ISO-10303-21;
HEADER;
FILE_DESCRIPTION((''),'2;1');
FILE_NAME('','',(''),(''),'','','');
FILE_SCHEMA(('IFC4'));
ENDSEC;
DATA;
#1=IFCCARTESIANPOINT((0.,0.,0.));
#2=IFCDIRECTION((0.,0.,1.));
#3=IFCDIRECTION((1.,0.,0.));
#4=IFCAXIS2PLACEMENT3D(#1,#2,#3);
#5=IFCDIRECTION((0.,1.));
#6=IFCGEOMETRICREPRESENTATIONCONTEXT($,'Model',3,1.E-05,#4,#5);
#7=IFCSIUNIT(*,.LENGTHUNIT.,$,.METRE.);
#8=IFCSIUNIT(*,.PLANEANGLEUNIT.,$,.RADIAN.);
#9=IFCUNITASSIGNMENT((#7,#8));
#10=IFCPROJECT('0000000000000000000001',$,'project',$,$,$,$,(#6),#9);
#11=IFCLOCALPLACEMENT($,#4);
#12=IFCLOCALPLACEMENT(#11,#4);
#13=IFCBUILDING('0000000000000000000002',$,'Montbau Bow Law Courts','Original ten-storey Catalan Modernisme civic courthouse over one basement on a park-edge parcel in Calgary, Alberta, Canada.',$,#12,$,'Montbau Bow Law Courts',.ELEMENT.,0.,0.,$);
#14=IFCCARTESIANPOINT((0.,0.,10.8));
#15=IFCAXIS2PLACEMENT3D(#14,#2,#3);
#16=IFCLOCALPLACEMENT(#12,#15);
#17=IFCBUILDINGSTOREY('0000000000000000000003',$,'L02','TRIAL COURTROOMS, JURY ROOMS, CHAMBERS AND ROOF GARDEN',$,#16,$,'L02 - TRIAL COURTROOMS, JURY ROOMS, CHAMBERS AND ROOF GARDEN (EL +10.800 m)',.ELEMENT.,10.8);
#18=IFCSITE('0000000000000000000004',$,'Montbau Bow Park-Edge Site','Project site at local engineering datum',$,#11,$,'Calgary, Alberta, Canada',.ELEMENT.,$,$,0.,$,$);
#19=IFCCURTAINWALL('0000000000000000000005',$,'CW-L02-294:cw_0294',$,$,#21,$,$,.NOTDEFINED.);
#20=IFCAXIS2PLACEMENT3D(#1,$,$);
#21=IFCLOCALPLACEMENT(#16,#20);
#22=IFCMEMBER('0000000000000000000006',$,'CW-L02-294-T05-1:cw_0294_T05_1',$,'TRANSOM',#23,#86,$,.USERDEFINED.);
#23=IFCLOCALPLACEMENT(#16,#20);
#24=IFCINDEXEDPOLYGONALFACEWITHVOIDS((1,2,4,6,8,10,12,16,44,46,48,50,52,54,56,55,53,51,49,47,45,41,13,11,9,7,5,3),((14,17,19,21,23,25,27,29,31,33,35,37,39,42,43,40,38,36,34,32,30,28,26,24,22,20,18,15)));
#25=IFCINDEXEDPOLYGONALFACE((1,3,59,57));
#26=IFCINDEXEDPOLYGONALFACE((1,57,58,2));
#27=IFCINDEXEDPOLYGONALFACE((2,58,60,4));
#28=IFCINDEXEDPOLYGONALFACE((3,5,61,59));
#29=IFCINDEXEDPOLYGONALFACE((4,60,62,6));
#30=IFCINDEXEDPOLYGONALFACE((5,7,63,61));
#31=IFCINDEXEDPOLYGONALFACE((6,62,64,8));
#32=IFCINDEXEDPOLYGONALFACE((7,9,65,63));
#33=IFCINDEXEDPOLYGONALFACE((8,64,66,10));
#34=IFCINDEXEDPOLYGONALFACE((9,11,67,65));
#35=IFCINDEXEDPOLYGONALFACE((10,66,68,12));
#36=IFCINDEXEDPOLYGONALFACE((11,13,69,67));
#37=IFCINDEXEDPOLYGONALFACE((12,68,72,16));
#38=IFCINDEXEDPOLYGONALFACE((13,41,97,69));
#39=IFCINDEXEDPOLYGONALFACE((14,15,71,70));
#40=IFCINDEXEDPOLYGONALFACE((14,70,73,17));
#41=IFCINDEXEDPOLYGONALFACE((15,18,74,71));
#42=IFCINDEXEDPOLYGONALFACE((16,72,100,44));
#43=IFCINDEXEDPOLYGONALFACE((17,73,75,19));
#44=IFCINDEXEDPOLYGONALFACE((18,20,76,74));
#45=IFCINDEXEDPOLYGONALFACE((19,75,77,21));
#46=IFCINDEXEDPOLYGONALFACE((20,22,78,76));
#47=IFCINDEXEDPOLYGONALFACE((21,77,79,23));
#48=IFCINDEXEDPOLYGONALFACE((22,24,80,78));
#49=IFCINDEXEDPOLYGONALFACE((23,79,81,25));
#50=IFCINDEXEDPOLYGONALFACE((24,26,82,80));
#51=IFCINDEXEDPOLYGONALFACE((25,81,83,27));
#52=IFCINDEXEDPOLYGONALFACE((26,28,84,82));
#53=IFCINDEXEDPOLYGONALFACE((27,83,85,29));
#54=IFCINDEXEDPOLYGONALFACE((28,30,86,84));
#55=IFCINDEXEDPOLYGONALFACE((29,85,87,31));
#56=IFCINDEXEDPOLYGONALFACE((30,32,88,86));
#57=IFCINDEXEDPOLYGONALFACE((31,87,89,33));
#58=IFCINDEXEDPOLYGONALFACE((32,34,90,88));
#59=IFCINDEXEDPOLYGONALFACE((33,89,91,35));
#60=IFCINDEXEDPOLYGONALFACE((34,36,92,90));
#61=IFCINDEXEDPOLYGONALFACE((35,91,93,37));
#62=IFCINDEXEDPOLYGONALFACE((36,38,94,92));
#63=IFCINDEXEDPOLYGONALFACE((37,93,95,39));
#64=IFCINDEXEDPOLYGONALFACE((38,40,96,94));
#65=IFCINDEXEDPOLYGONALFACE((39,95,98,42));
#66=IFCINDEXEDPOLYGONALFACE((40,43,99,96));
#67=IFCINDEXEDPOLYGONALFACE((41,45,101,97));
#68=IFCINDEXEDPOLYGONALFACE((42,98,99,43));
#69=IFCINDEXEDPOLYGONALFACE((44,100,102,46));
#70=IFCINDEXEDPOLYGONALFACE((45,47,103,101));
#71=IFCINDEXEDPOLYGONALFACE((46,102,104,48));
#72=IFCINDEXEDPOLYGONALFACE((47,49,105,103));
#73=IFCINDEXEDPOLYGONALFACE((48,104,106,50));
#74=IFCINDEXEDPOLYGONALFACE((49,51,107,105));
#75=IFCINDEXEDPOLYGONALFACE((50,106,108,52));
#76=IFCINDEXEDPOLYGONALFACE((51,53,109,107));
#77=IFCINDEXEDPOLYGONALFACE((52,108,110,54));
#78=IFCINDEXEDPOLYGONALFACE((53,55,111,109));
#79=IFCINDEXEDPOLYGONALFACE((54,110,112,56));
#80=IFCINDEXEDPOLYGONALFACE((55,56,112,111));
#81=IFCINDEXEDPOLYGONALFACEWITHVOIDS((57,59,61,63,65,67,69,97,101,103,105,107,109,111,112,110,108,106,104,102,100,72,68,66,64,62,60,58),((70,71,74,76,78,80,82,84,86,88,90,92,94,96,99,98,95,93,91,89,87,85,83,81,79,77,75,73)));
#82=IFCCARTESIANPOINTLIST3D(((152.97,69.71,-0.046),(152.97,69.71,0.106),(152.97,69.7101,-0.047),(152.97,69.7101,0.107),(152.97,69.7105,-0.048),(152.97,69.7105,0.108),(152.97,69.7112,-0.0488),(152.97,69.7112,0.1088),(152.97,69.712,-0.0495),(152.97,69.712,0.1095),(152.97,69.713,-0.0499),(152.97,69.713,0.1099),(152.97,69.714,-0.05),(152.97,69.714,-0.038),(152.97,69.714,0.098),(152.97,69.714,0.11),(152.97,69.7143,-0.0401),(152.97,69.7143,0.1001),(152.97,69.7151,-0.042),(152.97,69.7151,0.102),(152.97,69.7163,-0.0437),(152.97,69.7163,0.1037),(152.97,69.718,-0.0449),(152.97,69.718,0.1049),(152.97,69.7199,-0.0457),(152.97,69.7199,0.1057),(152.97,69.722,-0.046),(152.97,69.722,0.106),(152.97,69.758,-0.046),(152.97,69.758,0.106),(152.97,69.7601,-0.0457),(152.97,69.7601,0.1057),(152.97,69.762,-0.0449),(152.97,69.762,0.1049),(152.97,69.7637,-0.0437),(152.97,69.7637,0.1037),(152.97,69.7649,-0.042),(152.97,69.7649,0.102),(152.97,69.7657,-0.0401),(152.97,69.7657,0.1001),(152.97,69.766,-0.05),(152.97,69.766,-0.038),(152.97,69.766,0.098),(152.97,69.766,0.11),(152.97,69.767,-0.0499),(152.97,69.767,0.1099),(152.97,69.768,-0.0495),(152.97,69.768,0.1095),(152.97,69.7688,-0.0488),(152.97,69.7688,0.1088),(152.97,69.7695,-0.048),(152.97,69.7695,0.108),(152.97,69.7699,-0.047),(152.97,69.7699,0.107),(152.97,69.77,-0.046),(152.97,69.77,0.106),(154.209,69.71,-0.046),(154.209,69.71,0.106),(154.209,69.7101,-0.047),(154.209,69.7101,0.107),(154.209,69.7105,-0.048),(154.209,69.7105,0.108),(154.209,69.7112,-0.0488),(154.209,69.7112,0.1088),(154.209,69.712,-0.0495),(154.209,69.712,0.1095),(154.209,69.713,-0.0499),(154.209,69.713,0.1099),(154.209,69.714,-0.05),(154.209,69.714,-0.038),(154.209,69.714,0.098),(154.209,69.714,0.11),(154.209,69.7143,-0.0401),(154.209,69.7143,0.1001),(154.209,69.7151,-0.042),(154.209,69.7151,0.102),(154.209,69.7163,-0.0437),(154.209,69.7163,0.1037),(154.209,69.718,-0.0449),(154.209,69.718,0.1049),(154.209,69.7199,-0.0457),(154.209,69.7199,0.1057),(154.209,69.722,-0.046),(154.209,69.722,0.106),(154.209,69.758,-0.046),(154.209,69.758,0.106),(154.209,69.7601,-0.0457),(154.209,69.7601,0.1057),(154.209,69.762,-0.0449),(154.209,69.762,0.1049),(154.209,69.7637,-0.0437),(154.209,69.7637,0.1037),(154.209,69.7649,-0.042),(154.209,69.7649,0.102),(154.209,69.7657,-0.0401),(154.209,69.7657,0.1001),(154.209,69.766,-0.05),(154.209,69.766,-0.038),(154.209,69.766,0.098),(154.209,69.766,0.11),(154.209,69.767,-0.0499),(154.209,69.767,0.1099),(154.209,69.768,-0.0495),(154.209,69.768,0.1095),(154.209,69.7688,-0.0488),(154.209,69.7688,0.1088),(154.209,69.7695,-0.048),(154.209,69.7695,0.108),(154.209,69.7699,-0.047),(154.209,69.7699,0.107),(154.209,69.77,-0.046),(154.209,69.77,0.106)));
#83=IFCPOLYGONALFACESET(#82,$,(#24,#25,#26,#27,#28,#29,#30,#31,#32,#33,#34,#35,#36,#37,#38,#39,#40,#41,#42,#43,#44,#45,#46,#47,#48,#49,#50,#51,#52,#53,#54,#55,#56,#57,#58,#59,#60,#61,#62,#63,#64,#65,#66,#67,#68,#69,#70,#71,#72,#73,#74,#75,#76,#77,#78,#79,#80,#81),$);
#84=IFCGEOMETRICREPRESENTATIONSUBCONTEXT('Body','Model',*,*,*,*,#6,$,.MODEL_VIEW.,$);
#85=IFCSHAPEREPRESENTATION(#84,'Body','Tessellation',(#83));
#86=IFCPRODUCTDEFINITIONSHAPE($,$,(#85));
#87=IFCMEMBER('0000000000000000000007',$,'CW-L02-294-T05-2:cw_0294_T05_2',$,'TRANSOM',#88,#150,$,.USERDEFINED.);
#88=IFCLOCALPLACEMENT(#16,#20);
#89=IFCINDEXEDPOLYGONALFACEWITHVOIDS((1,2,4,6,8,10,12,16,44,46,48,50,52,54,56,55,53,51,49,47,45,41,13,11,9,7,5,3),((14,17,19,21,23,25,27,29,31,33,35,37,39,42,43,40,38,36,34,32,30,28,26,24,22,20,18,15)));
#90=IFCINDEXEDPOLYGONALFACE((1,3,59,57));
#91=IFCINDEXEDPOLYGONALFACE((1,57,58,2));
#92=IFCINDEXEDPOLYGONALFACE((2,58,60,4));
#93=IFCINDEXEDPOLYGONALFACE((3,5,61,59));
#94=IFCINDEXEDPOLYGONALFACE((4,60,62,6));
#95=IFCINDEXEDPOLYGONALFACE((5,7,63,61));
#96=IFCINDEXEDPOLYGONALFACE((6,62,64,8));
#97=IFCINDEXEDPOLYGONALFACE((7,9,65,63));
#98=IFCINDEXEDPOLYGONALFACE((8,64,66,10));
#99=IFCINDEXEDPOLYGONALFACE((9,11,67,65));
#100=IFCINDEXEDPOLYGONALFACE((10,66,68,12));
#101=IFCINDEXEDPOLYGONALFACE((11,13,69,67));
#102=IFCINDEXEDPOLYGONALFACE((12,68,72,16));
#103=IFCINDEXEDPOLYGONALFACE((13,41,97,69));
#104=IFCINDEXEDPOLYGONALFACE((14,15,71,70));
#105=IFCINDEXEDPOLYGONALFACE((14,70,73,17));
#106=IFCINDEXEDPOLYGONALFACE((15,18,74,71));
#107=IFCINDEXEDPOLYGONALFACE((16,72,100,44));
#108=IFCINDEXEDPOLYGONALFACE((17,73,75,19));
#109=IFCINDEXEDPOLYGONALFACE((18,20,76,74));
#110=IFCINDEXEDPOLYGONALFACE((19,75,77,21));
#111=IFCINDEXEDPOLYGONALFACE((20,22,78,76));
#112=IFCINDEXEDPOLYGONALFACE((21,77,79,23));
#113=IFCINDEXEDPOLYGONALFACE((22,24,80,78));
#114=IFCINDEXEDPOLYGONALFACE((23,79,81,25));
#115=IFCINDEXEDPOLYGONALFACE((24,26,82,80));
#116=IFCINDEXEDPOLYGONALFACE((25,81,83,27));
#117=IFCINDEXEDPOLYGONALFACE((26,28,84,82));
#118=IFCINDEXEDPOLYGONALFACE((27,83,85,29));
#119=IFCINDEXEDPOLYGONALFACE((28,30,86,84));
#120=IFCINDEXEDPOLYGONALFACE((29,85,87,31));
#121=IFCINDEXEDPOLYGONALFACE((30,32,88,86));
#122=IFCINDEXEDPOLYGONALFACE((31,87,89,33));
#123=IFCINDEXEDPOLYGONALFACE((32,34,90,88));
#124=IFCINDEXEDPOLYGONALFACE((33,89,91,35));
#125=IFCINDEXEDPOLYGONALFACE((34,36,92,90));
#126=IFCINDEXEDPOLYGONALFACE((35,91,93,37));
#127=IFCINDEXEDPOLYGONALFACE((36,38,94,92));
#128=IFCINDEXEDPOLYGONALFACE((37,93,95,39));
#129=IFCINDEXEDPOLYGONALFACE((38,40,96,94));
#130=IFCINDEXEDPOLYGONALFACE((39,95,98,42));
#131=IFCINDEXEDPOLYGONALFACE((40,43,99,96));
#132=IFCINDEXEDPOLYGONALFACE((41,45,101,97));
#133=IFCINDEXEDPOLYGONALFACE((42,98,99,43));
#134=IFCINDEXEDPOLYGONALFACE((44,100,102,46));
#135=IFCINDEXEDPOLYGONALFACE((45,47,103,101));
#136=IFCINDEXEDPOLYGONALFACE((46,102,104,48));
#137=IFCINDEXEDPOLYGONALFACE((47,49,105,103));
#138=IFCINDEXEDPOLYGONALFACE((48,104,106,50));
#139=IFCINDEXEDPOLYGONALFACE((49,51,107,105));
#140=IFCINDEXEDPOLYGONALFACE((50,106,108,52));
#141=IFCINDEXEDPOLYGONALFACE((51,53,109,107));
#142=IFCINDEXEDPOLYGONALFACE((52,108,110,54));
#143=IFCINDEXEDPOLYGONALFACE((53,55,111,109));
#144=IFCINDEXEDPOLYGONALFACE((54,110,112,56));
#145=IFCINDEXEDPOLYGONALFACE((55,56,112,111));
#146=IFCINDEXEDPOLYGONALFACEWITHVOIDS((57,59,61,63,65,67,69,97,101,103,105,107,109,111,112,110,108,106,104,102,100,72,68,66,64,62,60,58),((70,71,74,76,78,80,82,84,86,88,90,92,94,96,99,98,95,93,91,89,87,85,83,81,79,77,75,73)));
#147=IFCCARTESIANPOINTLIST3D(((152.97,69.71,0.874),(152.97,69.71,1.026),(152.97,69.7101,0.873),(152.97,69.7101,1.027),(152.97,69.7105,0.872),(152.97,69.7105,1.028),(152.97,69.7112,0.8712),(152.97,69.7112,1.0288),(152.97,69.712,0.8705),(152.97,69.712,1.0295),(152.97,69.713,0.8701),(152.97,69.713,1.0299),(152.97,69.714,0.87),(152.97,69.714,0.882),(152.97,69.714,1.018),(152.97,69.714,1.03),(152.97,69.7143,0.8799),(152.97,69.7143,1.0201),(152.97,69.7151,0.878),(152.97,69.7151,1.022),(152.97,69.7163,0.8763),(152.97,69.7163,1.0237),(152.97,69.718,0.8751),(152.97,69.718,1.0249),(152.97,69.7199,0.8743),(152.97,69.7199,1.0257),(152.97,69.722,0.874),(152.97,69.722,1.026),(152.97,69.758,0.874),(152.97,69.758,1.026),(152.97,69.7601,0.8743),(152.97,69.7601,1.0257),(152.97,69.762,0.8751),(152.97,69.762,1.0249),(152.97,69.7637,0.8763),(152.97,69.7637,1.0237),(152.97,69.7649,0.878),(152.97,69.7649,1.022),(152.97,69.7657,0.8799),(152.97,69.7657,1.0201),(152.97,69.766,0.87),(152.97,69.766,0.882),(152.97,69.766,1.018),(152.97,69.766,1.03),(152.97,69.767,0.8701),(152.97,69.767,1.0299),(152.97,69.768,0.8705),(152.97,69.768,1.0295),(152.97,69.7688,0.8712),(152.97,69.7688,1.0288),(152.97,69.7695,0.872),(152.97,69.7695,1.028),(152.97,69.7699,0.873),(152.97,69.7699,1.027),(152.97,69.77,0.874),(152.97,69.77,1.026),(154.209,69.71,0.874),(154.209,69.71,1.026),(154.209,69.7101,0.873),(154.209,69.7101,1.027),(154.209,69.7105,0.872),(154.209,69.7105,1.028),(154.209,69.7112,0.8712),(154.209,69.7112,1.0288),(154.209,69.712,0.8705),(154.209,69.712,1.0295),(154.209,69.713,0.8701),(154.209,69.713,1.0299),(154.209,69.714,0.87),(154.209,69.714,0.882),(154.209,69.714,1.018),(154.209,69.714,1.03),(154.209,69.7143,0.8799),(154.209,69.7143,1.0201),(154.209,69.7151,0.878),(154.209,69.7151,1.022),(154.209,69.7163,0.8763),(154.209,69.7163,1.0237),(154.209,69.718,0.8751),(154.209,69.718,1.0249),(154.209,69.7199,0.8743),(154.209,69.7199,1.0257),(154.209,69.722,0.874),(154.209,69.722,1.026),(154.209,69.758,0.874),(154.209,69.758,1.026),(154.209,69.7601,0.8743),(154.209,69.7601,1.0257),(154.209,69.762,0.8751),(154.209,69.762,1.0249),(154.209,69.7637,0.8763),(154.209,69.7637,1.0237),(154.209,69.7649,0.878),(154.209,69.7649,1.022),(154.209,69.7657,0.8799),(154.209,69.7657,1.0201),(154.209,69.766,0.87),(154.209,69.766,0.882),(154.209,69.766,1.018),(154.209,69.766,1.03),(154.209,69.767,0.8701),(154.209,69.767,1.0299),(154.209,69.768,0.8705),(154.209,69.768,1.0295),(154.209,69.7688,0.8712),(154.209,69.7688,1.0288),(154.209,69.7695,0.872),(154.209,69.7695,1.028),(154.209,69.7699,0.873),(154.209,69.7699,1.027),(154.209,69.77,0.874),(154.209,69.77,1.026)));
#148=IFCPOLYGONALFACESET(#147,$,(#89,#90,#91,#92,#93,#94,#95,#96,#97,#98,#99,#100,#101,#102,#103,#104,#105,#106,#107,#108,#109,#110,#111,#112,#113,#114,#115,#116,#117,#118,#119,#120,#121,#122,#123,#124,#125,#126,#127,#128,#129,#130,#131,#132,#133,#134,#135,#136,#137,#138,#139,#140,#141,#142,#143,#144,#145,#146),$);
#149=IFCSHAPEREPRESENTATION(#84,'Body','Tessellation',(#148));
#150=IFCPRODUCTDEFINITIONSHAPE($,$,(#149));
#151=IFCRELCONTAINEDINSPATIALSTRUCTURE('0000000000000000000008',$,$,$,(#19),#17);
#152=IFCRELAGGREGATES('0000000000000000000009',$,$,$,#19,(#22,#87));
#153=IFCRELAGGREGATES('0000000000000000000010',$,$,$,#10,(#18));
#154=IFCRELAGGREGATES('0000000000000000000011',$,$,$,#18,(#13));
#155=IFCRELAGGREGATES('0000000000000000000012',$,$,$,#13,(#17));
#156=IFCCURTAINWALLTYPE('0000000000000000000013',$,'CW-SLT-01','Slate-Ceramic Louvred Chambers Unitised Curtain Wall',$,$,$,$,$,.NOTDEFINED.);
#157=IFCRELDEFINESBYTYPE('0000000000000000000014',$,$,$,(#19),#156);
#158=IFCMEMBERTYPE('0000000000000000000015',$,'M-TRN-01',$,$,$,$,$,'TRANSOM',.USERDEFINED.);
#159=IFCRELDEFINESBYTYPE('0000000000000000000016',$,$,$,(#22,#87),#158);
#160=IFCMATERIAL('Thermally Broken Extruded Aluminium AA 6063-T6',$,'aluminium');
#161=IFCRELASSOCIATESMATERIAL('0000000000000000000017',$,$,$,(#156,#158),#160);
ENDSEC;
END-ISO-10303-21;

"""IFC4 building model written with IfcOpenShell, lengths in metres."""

from ifc_helpers import new_model, si_unit, direction, frame, origin_with_axes, origin_2d_with_axis, place, context, subcontext, project, spatial, hollow_rectangle, extrude, material, material_profile, profile_set, type_object, element, aggregate, save


model = new_model("IFC4")

# Units and contexts
model_context = context("Model", 3, precision=1e-05, world=origin_with_axes(), true_north=direction((0.0, 1.0)))
body_context = subcontext(model_context, "Body", "Model", "MODEL_VIEW")
ifc_project = project(units=[si_unit("LENGTHUNIT", "METRE"), si_unit("PLANEANGLEUNIT", "RADIAN")], contexts=[model_context])

# Site, building, storey
site_placement = place(None, origin_with_axes())
site = spatial("IfcSite", under=ifc_project, at=site_placement, Name="Montbau Bow Park-Edge Site", Description="Project site at local engineering datum", LongName="Calgary, Alberta, Canada", CompositionType="ELEMENT", RefElevation=0.0)
building_placement = place(site_placement, origin_with_axes())
building = spatial("IfcBuilding", under=site, at=building_placement, Name="Montbau Bow Law Courts", Description="Original ten-storey Catalan Modernisme civic courthouse over one basement on a park-edge parcel in Calgary, Alberta, Canada.", LongName="Montbau Bow Law Courts", CompositionType="ELEMENT", ElevationOfRefHeight=0.0, ElevationOfTerrain=0.0)
storey_placement = place(building_placement, frame((0.0, 0.0, 10.8), z_axis=(0.0, 0.0, 1.0), x_axis=(1.0, 0.0, 0.0)))
storey = spatial("IfcBuildingStorey", under=building, at=storey_placement, Name="L02", Description="TRIAL COURTROOMS, JURY ROOMS, CHAMBERS AND ROOF GARDEN", LongName="L02 - TRIAL COURTROOMS, JURY ROOMS, CHAMBERS AND ROOF GARDEN (EL +10.800 m)", CompositionType="ELEMENT", Elevation=10.8)

# Curtain wall, members
ifc_material_1 = material(Name="Thermally Broken Extruded Aluminium AA 6063-T6", Category="aluminium")
curtain_wall_type = type_object("IfcCurtainWallType", Name="CW-SLT-01", Description="Slate-Ceramic Louvred Chambers Unitised Curtain Wall", PredefinedType="NOTDEFINED", material=ifc_material_1)
curtain_wall_placement = place(None, frame((147.515, 69.74, 10.8), z_axis=(0.0, 0.0, 1.0), x_axis=(1.0, 0.0, 0.0)))
curtain_wall = element("IfcCurtainWall", 1, at=curtain_wall_placement, inside=storey, type_object=curtain_wall_type, Name="CW-L02-294:cw_0294", PredefinedType="NOTDEFINED")
ifc_material_profile_1 = material_profile(ifc_material_1, hollow_rectangle(XDim=0.06, YDim=0.16, WallThickness=0.004, InnerFilletRadius=0.008, OuterFilletRadius=0.004, at=origin_2d_with_axis()), Name="CWT-160X60", Category="Main", Priority=0)
ifc_profile_set_1 = profile_set([ifc_material_profile_1], Name="Thermally Broken Extruded Aluminium AA 6063-T6")
member_type_1 = type_object("IfcMemberType", Name="M-TRN-01", ElementType="TRANSOM", PredefinedType="USERDEFINED", material=ifc_profile_set_1)
member_1_placement = place(None, frame((152.97, 69.74, 10.83), z_axis=(1.0, 0.0, 0.0), x_axis=(0.0, 1.0, 0.0)))
member_1 = element("IfcMember", 2, at=member_1_placement, type_object=member_type_1, Name="CW-L02-294-T05-1:cw_0294_T05_1", ObjectType="TRANSOM", PredefinedType="USERDEFINED", context=body_context, shape_type="SweptSolid", body=[
    extrude(hollow_rectangle(XDim=0.06, YDim=0.16, WallThickness=0.004, InnerFilletRadius=0.008, OuterFilletRadius=0.004, at=origin_2d_with_axis()), origin_with_axes(), (0.0, 0.0, 1.0), 1.239),
])
member_2_placement = place(None, frame((152.97, 69.74, 11.75), z_axis=(1.0, 0.0, 0.0), x_axis=(0.0, 1.0, 0.0)))
member_2 = element("IfcMember", 3, at=member_2_placement, type_object=member_type_1, Name="CW-L02-294-T05-2:cw_0294_T05_2", ObjectType="TRANSOM", PredefinedType="USERDEFINED", context=body_context, shape_type="SweptSolid", body=[
    extrude(hollow_rectangle(XDim=0.06, YDim=0.16, WallThickness=0.004, InnerFilletRadius=0.008, OuterFilletRadius=0.004, at=origin_2d_with_axis()), origin_with_axes(), (0.0, 0.0, 1.0), 1.239),
])
aggregate(curtain_wall, [member_1, member_2])

save(model, "model.ifc")
